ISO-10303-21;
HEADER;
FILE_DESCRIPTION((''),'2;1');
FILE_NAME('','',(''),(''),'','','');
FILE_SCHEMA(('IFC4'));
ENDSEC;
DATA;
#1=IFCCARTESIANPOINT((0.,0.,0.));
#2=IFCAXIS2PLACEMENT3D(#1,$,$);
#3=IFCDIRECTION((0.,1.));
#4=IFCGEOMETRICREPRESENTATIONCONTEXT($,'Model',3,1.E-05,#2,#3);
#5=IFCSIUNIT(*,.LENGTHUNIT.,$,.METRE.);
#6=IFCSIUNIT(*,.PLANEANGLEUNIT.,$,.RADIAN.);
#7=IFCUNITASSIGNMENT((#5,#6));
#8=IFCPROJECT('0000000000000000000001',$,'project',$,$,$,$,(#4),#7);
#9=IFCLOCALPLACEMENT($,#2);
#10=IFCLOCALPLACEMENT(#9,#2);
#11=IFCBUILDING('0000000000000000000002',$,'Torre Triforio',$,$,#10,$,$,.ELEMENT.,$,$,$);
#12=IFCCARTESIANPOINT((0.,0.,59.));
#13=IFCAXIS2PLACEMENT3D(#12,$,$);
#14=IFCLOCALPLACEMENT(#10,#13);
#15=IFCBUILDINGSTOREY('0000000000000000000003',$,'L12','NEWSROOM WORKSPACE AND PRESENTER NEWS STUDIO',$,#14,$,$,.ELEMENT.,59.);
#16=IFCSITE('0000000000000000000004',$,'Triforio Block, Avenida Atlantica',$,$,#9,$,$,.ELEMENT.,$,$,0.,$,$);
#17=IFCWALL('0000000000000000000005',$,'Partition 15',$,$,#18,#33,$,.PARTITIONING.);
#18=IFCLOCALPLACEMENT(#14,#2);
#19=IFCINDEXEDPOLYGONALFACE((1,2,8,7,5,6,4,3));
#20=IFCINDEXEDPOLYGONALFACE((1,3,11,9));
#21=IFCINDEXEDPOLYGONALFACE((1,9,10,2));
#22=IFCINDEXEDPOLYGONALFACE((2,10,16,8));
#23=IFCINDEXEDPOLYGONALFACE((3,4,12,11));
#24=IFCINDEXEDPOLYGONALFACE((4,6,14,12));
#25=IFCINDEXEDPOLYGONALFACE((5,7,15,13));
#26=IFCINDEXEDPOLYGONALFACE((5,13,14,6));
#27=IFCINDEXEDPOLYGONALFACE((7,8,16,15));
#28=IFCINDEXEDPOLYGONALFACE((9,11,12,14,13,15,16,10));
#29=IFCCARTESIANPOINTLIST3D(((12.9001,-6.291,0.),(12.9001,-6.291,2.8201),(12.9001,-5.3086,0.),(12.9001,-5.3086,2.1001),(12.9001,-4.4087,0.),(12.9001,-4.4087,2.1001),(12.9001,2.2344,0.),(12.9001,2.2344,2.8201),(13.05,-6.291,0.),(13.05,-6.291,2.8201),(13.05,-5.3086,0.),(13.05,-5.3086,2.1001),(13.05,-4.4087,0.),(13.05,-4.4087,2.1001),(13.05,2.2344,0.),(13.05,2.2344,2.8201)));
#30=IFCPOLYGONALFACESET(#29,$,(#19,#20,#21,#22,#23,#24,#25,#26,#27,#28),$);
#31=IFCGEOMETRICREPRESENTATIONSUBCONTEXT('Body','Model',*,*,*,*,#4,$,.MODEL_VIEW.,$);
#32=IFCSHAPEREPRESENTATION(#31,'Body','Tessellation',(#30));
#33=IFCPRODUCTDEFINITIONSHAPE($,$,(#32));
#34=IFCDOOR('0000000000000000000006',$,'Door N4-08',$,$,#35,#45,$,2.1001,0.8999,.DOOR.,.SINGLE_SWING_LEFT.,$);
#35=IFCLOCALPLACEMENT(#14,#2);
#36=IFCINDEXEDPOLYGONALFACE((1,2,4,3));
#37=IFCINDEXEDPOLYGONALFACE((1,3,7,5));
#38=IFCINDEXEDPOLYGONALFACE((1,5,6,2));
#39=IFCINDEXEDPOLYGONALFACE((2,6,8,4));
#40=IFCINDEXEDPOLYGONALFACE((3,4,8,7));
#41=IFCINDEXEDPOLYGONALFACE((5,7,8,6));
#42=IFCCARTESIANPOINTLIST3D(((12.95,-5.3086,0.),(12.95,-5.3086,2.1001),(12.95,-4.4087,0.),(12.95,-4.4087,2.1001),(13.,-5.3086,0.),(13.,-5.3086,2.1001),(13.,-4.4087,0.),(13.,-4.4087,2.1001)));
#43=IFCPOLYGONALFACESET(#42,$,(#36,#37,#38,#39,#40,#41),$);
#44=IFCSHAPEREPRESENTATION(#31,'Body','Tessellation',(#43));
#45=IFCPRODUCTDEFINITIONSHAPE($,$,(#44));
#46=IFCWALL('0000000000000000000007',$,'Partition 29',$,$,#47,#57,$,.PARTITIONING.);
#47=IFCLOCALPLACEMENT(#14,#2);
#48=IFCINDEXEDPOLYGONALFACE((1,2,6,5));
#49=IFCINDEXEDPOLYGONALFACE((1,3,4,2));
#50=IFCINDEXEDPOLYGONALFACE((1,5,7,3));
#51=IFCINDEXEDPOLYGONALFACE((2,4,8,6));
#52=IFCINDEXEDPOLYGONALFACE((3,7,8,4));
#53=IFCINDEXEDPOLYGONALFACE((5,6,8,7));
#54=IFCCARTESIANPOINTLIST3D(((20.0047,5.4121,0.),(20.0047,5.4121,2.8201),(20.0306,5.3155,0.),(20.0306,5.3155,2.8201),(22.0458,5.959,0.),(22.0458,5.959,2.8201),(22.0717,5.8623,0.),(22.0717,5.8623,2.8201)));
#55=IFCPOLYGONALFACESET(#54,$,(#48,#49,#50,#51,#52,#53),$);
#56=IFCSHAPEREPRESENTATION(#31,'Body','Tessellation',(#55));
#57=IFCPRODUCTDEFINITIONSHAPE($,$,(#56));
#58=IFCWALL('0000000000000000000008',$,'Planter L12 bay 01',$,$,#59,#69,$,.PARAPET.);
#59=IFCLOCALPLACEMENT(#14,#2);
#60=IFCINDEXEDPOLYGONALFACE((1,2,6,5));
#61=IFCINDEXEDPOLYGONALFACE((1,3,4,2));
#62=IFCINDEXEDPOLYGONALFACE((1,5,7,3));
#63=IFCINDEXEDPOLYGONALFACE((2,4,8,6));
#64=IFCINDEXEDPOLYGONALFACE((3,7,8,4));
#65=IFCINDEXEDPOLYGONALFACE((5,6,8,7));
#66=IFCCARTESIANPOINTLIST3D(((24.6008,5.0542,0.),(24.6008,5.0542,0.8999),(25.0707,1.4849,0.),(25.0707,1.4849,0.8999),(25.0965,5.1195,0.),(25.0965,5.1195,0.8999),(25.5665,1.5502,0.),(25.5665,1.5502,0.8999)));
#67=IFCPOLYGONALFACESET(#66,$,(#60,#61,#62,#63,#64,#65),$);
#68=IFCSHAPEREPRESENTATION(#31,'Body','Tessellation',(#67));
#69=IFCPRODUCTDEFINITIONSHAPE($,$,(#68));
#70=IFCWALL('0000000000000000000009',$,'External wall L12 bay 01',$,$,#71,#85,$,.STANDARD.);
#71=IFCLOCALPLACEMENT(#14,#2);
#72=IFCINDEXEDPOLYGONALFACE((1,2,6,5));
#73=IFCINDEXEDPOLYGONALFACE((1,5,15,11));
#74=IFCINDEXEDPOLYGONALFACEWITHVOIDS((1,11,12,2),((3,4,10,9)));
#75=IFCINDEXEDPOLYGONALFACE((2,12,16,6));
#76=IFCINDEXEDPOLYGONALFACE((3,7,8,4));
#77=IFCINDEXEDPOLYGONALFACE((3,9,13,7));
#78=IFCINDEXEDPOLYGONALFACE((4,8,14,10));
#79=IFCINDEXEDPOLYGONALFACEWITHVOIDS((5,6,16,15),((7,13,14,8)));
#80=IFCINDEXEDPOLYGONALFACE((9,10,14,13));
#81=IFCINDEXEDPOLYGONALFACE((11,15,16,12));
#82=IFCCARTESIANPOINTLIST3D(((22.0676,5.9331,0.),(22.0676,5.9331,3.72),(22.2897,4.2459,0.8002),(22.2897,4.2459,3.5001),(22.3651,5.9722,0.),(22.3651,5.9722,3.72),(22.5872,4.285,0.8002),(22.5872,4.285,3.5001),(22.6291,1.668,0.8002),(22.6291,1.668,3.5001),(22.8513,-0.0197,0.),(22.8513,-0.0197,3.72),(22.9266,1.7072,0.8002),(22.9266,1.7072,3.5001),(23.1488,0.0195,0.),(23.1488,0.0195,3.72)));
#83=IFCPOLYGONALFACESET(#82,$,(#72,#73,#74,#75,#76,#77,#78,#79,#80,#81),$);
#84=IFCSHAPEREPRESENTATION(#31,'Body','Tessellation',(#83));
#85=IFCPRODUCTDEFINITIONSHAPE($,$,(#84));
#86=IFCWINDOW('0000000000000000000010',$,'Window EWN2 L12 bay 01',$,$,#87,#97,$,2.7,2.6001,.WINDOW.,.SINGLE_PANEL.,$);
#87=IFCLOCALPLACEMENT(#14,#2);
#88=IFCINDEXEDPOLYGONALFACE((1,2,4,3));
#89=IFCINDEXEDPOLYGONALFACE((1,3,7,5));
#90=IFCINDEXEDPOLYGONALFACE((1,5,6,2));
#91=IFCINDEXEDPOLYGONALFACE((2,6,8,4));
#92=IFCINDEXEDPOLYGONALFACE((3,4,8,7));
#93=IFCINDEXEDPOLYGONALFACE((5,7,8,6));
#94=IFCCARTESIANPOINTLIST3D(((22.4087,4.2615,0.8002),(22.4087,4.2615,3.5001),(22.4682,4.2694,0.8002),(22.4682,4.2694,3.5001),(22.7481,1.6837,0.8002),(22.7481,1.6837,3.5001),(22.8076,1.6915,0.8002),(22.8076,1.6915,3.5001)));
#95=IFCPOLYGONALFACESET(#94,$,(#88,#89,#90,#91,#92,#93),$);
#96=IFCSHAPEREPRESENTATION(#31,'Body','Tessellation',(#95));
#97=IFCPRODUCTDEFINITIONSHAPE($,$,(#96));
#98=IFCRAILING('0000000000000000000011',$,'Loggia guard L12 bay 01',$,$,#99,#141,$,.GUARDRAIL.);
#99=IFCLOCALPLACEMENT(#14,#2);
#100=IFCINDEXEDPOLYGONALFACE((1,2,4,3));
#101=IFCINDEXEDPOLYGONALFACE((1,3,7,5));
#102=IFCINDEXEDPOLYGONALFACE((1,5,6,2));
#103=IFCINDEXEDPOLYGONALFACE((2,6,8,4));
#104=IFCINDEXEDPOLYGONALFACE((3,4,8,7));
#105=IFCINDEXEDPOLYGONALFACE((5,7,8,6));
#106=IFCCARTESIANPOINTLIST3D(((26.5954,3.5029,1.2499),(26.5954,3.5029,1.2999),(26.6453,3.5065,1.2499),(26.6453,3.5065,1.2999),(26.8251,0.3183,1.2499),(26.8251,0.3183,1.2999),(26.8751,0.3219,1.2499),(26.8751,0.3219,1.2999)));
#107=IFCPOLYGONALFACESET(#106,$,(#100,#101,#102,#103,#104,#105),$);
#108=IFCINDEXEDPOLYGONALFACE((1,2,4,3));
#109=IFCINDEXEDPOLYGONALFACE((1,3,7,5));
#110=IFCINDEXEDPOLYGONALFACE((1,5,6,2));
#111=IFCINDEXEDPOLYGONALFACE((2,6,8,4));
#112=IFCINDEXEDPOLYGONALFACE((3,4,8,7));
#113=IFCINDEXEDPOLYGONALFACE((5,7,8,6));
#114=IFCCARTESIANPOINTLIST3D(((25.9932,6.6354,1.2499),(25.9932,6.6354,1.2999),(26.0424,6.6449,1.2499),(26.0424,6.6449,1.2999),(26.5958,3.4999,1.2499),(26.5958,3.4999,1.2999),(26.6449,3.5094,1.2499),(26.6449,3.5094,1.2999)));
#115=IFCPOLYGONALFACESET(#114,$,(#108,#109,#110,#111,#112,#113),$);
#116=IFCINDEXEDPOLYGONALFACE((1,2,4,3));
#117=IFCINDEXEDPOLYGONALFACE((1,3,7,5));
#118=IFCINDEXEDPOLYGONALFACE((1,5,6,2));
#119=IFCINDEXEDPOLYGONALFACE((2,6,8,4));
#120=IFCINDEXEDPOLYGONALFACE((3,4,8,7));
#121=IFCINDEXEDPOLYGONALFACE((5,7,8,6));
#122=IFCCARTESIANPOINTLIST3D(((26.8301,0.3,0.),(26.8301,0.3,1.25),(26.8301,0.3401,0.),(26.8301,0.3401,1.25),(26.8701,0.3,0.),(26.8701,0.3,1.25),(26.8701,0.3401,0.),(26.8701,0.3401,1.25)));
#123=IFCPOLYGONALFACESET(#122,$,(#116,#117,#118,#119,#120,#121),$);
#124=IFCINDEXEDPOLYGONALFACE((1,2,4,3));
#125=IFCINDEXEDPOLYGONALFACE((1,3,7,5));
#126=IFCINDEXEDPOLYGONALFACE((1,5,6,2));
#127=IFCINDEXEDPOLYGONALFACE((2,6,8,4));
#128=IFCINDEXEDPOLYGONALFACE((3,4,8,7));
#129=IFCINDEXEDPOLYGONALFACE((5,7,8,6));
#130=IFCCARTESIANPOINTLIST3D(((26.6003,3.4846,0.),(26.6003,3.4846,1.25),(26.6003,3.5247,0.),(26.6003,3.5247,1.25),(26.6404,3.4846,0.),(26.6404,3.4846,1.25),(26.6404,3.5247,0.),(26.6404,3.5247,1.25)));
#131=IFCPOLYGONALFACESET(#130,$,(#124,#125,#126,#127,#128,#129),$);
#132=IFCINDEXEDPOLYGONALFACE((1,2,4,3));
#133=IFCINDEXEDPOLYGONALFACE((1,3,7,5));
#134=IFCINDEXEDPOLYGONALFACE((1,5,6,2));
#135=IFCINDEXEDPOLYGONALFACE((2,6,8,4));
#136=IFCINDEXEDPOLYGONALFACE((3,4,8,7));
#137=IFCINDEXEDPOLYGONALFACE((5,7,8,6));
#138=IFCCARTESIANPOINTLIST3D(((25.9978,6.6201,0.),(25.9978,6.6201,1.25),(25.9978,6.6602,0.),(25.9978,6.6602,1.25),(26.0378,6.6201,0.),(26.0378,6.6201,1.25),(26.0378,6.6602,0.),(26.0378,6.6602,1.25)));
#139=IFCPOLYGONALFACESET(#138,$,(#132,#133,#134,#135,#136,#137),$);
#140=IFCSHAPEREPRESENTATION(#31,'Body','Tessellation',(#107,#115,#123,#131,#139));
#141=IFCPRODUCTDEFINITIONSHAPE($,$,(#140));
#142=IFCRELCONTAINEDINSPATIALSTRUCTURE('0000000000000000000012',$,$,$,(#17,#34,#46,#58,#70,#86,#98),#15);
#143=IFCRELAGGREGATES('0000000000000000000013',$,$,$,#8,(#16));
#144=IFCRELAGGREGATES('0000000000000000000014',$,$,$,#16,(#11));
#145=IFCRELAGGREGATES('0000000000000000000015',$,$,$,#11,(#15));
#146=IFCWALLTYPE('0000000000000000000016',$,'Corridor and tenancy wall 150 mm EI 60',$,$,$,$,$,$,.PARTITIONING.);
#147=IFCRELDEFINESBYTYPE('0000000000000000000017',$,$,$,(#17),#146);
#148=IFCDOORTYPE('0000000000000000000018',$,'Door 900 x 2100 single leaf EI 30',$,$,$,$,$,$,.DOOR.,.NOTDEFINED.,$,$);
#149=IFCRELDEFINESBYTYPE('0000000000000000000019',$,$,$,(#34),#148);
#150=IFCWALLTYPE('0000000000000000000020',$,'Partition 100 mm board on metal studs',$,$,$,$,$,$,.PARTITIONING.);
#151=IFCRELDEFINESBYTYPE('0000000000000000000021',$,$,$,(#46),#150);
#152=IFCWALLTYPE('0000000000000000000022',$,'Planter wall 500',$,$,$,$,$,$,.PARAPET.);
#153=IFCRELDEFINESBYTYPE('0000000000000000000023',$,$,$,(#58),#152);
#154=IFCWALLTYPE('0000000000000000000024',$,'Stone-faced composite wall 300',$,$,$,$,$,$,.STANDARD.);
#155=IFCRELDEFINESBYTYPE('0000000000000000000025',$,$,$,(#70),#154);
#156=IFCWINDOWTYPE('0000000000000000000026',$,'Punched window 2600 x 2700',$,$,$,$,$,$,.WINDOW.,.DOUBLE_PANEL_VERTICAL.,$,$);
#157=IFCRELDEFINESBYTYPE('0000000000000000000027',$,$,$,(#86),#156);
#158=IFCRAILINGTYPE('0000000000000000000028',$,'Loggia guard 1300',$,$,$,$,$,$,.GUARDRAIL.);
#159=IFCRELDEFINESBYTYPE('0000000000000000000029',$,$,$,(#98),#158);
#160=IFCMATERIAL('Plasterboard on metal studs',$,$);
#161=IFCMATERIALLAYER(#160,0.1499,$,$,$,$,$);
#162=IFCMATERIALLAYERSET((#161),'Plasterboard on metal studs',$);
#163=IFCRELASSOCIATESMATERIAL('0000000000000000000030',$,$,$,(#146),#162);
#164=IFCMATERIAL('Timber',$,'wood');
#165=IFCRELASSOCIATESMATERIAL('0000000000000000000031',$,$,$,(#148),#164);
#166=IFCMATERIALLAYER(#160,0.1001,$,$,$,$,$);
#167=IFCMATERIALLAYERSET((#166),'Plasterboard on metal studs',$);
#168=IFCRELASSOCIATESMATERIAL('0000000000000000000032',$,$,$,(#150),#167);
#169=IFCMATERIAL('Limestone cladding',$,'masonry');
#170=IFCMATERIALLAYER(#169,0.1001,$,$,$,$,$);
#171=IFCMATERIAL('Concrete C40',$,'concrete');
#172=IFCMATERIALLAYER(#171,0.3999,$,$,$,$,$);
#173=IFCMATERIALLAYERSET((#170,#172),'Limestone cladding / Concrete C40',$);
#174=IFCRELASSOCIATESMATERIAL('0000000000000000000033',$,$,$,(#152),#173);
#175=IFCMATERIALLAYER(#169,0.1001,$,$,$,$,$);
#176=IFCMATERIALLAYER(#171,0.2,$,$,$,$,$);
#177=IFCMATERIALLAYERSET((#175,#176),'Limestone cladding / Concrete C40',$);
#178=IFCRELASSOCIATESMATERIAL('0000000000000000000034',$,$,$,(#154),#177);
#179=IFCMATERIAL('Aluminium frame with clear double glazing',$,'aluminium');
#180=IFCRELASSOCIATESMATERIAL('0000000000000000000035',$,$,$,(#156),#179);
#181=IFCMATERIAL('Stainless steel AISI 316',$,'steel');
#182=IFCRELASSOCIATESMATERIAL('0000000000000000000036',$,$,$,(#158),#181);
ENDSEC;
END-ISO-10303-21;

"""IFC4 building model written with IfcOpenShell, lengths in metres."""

from ifc_helpers import new_model, si_unit, direction, frame, frame_2d, origin, origin_2d, place, context, subcontext, project, spatial, rectangle, extrude, material, layer, layer_set, type_object, element, fill, save


model = new_model("IFC4")

# Units and contexts
model_context = context("Model", 3, precision=1e-05, world=origin(), true_north=direction((0.0, 1.0)))
body_context = subcontext(model_context, "Body", "Model", "MODEL_VIEW")
ifc_project = project(units=[si_unit("LENGTHUNIT", "METRE"), si_unit("PLANEANGLEUNIT", "RADIAN")], contexts=[model_context])

# Site, building, storey
site_placement = place(None, origin())
site = spatial("IfcSite", under=ifc_project, at=site_placement, Name="Triforio Block, Avenida Atlantica", CompositionType="ELEMENT", RefElevation=0.0)
building_placement = place(site_placement, origin())
building = spatial("IfcBuilding", under=site, at=building_placement, Name="Torre Triforio", CompositionType="ELEMENT")
storey_placement = place(building_placement, frame((0.0, 0.0, 59.0)))
storey = spatial("IfcBuildingStorey", under=building, at=storey_placement, Name="L12", Description="NEWSROOM WORKSPACE AND PRESENTER NEWS STUDIO", CompositionType="ELEMENT", Elevation=59.0)

# Shared definitions
ifc_material_1 = material(Name="Plasterboard on metal studs")
ifc_layer_1 = layer(ifc_material_1, 0.1499)
ifc_layer_set_1 = layer_set([ifc_layer_1], Name="Plasterboard on metal studs")
wall_type_1 = type_object("IfcWallType", Name="Corridor and tenancy wall 150 mm EI 60", PredefinedType="PARTITIONING", material=ifc_layer_set_1)

# Shared definitions
ifc_material_2 = material(Name="Timber", Category="wood")
door_type_1 = type_object("IfcDoorType", Name="Door 900 x 2100 single leaf EI 30", OperationType="NOTDEFINED", PredefinedType="DOOR", material=ifc_material_2)

# Wall, opening, door
wall_1_placement = place(storey_placement, frame((12.9751, 2.2344, 0.0), z_axis=(0.0, 0.0, 1.0), x_axis=(0.0, -1.0, 0.0)))
wall_1 = element("IfcWall", 1, at=wall_1_placement, inside=storey, type_object=wall_type_1, Name="Partition 15", PredefinedType="PARTITIONING", context=body_context, shape_type="SweptSolid", body=[
    extrude(rectangle(XDim=8.5254, YDim=0.1499, at=frame_2d((4.2627, 0.0))), origin(), (0.0, 0.0, 1.0), 2.8201),
])
opening_1_placement = place(wall_1_placement, frame((6.6431, 0.0, 0.0)))
opening_1 = element("IfcOpeningElement", 2, at=opening_1_placement, cuts=wall_1, PredefinedType="OPENING", context=body_context, shape_type="SweptSolid", body=[
    extrude(rectangle(XDim=0.8999, YDim=2.1001, at=frame_2d((0.45, 1.05))), frame((0.0, 0.085, 0.0), z_axis=(0.0, -1.0, 0.0), x_axis=(1.0, 0.0, 0.0)), (0.0, 0.0, 1.0), 0.1699),
])
door_1_placement = place(opening_1_placement, origin())
door_1 = element("IfcDoor", 3, at=door_1_placement, inside=storey, type_object=door_type_1, Name="Door N4-08", OperationType="SINGLE_SWING_LEFT", OverallHeight=2.1001, OverallWidth=0.8999, PredefinedType="DOOR", context=body_context, shape_type="SweptSolid", body=[
    extrude(rectangle(XDim=0.8999, YDim=2.1001, at=frame_2d((0.45, 1.05))), frame((0.0, 0.0249, 0.0), z_axis=(0.0, -1.0, 0.0), x_axis=(1.0, 0.0, 0.0)), (0.0, 0.0, 1.0), 0.05),
])
fill(opening_1, door_1)

# Walls
ifc_layer_2 = layer(ifc_material_1, 0.1001)
ifc_layer_set_2 = layer_set([ifc_layer_2], Name="Plasterboard on metal studs")
wall_type_2 = type_object("IfcWallType", Name="Partition 100 mm board on metal studs", PredefinedType="PARTITIONING", material=ifc_layer_set_2)
wall_2_placement = place(storey_placement, frame((20.0176, 5.3638, 0.0), z_axis=(0.0, 0.0, 1.0), x_axis=(0.965927, 0.258813, 0.0)))
element("IfcWall", 4, at=wall_2_placement, inside=storey, type_object=wall_type_2, Name="Partition 29", PredefinedType="PARTITIONING", context=body_context, shape_type="SweptSolid", body=[
    extrude(rectangle(XDim=2.113, YDim=0.1001, at=frame_2d((1.0566, 0.0))), origin(), (0.0, 0.0, 1.0), 2.8201),
])
ifc_material_3 = material(Name="Limestone cladding", Category="masonry")
ifc_layer_3 = layer(ifc_material_3, 0.1001)
ifc_material_4 = material(Name="Concrete C40", Category="concrete")
ifc_layer_4 = layer(ifc_material_4, 0.3999)
ifc_layer_set_3 = layer_set([ifc_layer_3, ifc_layer_4], Name="Limestone cladding / Concrete C40")
wall_type_3 = type_object("IfcWallType", Name="Planter wall 500", PredefinedType="PARAPET", material=ifc_layer_set_3)
wall_3_placement = place(storey_placement, frame((25.3186, 1.5176, 0.0), z_axis=(0.0, 0.0, 1.0), x_axis=(-0.130542, 0.991443, 0.0)))
element("IfcWall", 5, at=wall_3_placement, inside=storey, type_object=wall_type_3, Name="Planter L12 bay 01", PredefinedType="PARAPET", context=body_context, shape_type="SweptSolid", body=[
    extrude(rectangle(XDim=3.6001, YDim=0.5, at=frame_2d((1.8, 0.0))), origin(), (0.0, 0.0, 1.0), 0.8999),
])

# Wall, opening, window
ifc_layer_5 = layer(ifc_material_3, 0.1001)
ifc_layer_6 = layer(ifc_material_4, 0.2)
ifc_layer_set_4 = layer_set([ifc_layer_5, ifc_layer_6], Name="Limestone cladding / Concrete C40")
wall_type_4 = type_object("IfcWallType", Name="Stone-faced composite wall 300", PredefinedType="STANDARD", material=ifc_layer_set_4)
wall_4_placement = place(storey_placement, frame((23.0, 0.0, 0.0), z_axis=(0.0, 0.0, 1.0), x_axis=(-0.130523, 0.991445, 0.0)))
wall_4 = element("IfcWall", 6, at=wall_4_placement, inside=storey, type_object=wall_type_4, Name="External wall L12 bay 01", PredefinedType="STANDARD", context=body_context, shape_type="SweptSolid", body=[
    extrude(rectangle(XDim=6.0042, YDim=0.3, at=frame_2d((3.002, 0.0))), origin(), (0.0, 0.0, 1.0), 3.72),
])
opening_2_placement = place(wall_4_placement, frame((1.7021, 0.0, 0.8)))
opening_2 = element("IfcOpeningElement", 7, at=opening_2_placement, cuts=wall_4, PredefinedType="OPENING", context=body_context, shape_type="SweptSolid", body=[
    extrude(rectangle(XDim=2.6001, YDim=2.7, at=frame_2d((1.3, 1.3501))), frame((0.0, 0.1599, 0.0), z_axis=(0.0, -1.0, 0.0), x_axis=(1.0, 0.0, 0.0)), (0.0, 0.0, 1.0), 0.3201),
])
ifc_material_5 = material(Name="Aluminium frame with clear double glazing", Category="aluminium")
window_type_1 = type_object("IfcWindowType", Name="Punched window 2600 x 2700", PartitioningType="DOUBLE_PANEL_VERTICAL", PredefinedType="WINDOW", material=ifc_material_5)
window_1_placement = place(opening_2_placement, origin())
window_1 = element("IfcWindow", 8, at=window_1_placement, inside=storey, type_object=window_type_1, Name="Window EWN2 L12 bay 01", OverallHeight=2.7, OverallWidth=2.6001, PartitioningType="SINGLE_PANEL", PredefinedType="WINDOW", context=body_context, shape_type="SweptSolid", body=[
    extrude(rectangle(XDim=2.6001, YDim=2.7, at=frame_2d((1.3, 1.3501))), frame((0.0, 0.03, 0.0), z_axis=(0.0, -1.0, 0.0), x_axis=(1.0, 0.0, 0.0)), (0.0, 0.0, 1.0), 0.0601),
])
fill(opening_2, window_1)

# Railing
ifc_material_6 = material(Name="Stainless steel AISI 316", Category="steel")
railing_type = type_object("IfcRailingType", Name="Loggia guard 1300", PredefinedType="GUARDRAIL", material=ifc_material_6)
railing_placement = place(storey_placement, frame((26.8501, 0.3201, 0.0)))
element("IfcRailing", 9, at=railing_placement, inside=storey, type_object=railing_type, Name="Loggia guard L12 bay 01", PredefinedType="GUARDRAIL", context=body_context, shape_type="SweptSolid", body=[
    extrude(rectangle(XDim=0.05, YDim=0.05, at=origin_2d()), frame((0.0, 0.0, 1.2749), z_axis=(-0.071953, 0.997408, 0.0), x_axis=(-0.997408, -0.071953, 0.0)), (0.0, 0.0, 1.0), 3.1929),
    extrude(rectangle(XDim=0.05, YDim=0.05, at=origin_2d()), frame((-0.2297, 3.1846, 1.2749), z_axis=(-0.188714, 0.982032, 0.0), x_axis=(-0.982032, -0.188714, 0.0)), (0.0, 0.0, 1.0), 3.1929),
    extrude(rectangle(XDim=0.04, YDim=0.04, at=origin_2d()), origin(), (0.0, 0.0, 1.0), 1.25),
    extrude(rectangle(XDim=0.04, YDim=0.04, at=origin_2d()), frame((-0.2297, 3.1846, 0.0)), (0.0, 0.0, 1.0), 1.25),
    extrude(rectangle(XDim=0.04, YDim=0.04, at=origin_2d()), frame((-0.8323, 6.3201, 0.0)), (0.0, 0.0, 1.0), 1.25),
])

save(model, "model.ifc")
